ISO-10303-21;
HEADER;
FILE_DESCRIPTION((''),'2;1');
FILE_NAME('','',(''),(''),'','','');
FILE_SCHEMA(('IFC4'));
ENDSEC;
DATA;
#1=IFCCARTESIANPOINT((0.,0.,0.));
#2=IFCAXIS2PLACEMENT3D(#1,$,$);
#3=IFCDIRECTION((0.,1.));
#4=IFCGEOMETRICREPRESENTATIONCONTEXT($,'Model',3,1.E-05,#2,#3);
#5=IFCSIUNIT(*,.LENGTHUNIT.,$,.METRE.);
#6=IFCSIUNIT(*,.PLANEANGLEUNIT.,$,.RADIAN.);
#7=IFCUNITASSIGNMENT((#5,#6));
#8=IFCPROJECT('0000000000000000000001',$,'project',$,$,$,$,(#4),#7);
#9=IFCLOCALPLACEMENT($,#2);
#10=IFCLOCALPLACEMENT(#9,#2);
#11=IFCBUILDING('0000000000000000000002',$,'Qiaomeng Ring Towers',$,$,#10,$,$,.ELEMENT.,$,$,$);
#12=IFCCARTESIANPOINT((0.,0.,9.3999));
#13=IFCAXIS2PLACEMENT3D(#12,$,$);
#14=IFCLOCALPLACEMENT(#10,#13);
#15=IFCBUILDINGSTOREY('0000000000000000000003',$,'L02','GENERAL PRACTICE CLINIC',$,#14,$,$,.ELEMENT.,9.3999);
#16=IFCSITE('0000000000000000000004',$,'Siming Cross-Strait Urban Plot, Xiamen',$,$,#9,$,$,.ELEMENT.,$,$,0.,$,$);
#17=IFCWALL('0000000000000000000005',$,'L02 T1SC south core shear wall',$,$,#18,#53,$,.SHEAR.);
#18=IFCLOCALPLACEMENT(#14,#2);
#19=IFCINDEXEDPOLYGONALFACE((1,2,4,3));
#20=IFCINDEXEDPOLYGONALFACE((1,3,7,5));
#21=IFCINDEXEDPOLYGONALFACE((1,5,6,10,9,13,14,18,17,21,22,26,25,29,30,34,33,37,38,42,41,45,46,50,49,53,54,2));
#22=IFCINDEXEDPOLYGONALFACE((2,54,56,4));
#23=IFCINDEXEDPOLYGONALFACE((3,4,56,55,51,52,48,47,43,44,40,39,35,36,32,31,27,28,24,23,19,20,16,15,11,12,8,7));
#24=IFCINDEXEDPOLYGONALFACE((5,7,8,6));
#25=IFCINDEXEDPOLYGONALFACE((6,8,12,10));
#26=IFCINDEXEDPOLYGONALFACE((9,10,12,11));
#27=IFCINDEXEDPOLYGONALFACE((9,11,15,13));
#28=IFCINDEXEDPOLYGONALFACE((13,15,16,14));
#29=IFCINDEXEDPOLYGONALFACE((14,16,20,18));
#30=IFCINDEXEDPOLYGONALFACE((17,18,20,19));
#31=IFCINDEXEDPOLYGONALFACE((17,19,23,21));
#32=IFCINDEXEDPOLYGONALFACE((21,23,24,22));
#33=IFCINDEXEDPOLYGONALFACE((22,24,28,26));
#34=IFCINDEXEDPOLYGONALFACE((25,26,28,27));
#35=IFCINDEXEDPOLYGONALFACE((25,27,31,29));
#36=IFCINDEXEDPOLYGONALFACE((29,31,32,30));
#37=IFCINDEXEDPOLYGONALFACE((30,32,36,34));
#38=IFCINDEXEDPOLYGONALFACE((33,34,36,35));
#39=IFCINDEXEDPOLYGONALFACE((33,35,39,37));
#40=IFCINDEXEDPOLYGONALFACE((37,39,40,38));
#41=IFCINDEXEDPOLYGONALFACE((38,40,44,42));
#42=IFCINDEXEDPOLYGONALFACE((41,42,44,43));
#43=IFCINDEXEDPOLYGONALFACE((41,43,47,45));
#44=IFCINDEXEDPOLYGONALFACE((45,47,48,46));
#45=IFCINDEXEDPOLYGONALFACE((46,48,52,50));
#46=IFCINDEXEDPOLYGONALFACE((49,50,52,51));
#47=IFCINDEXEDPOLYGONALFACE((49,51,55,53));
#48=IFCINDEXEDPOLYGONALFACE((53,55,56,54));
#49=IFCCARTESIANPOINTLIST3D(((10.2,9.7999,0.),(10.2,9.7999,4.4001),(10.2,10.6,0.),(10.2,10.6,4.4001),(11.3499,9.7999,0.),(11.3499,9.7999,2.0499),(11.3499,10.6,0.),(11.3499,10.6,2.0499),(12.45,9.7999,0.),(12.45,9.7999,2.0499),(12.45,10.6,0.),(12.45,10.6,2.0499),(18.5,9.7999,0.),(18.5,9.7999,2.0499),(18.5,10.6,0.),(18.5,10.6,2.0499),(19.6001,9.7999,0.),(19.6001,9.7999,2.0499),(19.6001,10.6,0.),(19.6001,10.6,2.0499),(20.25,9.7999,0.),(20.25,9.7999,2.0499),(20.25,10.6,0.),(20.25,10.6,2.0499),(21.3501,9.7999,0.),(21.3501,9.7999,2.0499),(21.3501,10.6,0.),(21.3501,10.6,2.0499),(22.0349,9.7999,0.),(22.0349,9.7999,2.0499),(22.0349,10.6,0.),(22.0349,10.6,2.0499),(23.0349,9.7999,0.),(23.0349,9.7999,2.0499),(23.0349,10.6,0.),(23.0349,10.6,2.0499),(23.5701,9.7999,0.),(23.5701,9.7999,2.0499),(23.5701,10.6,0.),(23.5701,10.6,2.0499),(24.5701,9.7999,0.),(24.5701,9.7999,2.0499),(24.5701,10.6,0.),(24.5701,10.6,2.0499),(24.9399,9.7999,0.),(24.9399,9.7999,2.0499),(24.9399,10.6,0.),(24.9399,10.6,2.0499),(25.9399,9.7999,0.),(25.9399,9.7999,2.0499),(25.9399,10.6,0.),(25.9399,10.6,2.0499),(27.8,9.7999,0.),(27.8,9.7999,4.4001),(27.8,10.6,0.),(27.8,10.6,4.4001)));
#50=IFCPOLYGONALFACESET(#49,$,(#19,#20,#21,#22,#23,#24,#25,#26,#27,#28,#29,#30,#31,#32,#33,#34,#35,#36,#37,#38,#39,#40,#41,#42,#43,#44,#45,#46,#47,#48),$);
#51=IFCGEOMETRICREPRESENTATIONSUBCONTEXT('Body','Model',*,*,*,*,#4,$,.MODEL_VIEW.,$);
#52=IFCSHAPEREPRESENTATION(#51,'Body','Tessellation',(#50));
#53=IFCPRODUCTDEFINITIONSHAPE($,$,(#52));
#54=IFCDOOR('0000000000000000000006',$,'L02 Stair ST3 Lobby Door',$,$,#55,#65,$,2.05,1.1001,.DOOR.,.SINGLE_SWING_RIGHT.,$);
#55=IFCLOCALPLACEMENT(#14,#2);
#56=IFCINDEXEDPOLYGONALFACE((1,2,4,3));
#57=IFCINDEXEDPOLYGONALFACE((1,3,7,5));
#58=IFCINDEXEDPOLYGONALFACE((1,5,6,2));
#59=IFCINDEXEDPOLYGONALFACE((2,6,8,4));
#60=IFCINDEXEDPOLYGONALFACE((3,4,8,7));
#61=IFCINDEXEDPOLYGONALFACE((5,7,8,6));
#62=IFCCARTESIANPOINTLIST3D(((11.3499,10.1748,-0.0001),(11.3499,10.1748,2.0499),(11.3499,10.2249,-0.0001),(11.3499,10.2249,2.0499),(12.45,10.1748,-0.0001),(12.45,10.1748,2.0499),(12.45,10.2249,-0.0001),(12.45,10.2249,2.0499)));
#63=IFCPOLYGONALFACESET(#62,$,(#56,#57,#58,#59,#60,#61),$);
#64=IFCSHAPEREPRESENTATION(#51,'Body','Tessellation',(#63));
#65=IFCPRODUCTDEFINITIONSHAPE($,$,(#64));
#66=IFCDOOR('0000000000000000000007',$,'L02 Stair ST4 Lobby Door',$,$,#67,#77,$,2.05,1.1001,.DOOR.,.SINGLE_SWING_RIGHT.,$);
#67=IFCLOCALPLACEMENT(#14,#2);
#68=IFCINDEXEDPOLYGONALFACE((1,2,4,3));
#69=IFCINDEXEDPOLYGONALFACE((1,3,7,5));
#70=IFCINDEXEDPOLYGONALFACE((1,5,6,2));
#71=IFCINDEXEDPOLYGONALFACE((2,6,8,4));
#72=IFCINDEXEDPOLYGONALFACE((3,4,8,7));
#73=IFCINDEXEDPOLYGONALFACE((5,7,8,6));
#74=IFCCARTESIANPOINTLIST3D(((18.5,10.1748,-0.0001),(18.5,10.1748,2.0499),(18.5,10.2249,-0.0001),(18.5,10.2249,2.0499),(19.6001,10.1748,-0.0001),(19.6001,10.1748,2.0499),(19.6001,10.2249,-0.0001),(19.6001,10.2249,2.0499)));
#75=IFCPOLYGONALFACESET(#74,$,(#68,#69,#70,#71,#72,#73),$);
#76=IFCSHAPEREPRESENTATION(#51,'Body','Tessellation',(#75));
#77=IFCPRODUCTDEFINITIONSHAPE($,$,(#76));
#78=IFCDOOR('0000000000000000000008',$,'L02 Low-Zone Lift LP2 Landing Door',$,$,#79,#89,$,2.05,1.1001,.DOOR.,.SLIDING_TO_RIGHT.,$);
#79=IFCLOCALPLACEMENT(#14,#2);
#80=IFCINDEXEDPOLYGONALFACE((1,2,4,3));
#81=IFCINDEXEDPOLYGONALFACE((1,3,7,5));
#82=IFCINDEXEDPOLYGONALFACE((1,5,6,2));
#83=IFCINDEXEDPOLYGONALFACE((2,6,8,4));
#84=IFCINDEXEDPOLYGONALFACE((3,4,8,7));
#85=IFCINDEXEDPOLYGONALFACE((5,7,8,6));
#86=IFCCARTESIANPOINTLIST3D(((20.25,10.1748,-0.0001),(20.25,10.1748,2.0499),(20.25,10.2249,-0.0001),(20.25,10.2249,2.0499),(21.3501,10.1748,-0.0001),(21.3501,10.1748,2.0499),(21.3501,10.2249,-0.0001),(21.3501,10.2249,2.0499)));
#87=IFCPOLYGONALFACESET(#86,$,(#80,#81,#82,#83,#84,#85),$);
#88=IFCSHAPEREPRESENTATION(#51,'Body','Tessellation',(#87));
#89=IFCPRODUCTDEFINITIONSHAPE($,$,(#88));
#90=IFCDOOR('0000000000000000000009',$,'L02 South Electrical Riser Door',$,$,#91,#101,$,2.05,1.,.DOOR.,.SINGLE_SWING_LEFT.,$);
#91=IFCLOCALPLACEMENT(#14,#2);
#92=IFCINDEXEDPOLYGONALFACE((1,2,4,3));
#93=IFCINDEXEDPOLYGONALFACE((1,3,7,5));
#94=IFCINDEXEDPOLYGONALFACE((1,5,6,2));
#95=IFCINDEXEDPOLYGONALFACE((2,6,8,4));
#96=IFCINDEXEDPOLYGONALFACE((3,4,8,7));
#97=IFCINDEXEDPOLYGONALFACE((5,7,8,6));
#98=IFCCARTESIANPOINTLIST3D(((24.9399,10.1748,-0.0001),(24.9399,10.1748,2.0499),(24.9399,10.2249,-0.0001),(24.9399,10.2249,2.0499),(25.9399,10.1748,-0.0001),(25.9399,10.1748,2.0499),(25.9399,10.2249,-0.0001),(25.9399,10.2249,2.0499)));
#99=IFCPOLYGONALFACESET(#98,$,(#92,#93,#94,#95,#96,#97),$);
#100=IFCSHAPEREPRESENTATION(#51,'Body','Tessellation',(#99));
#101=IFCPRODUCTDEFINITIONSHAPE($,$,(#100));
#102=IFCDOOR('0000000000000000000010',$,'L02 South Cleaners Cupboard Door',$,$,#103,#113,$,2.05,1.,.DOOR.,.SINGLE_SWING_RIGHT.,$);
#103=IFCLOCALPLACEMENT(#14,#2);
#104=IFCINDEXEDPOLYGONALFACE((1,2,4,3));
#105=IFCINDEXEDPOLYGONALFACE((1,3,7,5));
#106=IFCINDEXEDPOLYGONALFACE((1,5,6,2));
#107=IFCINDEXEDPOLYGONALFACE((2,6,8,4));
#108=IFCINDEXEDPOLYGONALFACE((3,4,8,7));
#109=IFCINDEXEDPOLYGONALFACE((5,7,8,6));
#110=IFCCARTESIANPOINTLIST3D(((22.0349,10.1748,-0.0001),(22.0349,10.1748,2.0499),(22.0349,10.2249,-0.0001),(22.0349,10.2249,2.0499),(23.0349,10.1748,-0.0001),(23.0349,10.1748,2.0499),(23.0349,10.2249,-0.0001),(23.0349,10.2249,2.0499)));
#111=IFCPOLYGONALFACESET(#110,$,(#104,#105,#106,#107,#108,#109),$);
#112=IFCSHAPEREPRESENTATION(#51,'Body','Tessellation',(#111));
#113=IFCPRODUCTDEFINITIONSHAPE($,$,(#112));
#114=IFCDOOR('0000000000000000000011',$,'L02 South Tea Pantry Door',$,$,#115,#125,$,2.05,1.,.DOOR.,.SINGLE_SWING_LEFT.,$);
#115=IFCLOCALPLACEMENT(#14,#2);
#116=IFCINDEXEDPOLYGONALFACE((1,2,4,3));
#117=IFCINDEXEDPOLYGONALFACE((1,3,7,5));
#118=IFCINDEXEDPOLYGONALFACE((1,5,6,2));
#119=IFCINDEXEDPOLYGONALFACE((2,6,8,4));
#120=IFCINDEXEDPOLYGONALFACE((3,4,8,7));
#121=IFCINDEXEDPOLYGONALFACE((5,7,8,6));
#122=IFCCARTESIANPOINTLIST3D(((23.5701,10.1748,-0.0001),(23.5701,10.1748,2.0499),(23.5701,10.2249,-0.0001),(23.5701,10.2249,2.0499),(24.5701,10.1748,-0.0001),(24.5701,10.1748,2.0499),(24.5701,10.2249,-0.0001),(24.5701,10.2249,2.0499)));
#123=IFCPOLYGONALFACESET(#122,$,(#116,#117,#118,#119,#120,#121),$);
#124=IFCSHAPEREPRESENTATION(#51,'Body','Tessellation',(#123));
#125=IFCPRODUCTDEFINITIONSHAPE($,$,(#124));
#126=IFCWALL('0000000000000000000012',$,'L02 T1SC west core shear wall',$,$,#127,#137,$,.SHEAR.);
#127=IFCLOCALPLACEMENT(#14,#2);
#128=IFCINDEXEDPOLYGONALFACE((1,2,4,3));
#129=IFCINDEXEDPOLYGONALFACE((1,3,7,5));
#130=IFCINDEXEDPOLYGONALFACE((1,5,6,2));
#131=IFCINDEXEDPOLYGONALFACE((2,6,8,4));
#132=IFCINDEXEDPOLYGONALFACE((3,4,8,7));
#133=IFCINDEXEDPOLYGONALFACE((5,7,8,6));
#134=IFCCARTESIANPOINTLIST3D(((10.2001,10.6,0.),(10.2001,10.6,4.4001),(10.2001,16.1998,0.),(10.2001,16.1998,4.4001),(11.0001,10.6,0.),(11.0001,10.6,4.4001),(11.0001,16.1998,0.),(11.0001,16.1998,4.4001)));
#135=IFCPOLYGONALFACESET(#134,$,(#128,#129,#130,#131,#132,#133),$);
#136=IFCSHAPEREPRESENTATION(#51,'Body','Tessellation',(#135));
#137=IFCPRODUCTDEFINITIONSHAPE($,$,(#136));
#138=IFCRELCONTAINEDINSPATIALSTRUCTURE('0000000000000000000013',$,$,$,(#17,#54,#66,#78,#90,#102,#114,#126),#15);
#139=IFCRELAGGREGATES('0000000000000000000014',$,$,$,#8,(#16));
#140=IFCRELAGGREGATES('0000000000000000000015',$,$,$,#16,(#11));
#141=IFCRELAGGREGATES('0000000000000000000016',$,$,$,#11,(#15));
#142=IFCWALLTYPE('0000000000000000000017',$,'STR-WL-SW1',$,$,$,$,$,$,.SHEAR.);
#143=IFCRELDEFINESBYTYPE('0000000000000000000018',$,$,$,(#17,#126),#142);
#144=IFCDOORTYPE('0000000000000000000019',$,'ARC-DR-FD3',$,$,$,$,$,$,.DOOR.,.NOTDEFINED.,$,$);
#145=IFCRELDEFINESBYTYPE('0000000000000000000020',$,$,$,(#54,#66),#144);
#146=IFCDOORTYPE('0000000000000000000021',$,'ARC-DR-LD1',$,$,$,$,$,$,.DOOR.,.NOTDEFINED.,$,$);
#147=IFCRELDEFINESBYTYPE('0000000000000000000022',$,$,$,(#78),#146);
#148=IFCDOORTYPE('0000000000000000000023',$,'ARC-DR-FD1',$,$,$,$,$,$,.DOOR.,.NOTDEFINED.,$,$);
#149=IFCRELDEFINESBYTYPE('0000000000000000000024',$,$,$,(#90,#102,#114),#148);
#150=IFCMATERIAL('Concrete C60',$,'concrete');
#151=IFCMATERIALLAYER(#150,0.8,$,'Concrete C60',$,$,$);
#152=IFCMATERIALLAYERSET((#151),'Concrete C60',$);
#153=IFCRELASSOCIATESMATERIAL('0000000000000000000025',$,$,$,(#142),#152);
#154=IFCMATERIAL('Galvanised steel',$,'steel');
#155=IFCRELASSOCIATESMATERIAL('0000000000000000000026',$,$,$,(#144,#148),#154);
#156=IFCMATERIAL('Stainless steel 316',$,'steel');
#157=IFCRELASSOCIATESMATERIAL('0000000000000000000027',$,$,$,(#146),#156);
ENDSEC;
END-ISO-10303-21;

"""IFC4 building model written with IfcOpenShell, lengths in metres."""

from ifc_helpers import new_model, si_unit, direction, frame, frame_2d, origin, place, context, subcontext, project, spatial, rectangle, extrude, source, transform, mapped, material, layer, layer_set, type_object, element, fill, save


model = new_model("IFC4")

# Units and contexts
model_context = context("Model", 3, precision=1e-05, world=origin(), true_north=direction((0.0, 1.0)))
body_context = subcontext(model_context, "Body", "Model", "MODEL_VIEW")
ifc_project = project(units=[si_unit("LENGTHUNIT", "METRE"), si_unit("PLANEANGLEUNIT", "RADIAN")], contexts=[model_context])

# Site, building, storey
site_placement = place(None, origin())
site = spatial("IfcSite", under=ifc_project, at=site_placement, Name="Siming Cross-Strait Urban Plot, Xiamen", CompositionType="ELEMENT", RefElevation=0.0)
building_placement = place(site_placement, origin())
building = spatial("IfcBuilding", under=site, at=building_placement, Name="Qiaomeng Ring Towers", CompositionType="ELEMENT")
storey_placement = place(building_placement, frame((0.0, 0.0, 9.3999)))
storey = spatial("IfcBuildingStorey", under=building, at=storey_placement, Name="L02", Description="GENERAL PRACTICE CLINIC", CompositionType="ELEMENT", Elevation=9.3999)

# Shared definitions
ifc_material_1 = material(Name="Concrete C60", Category="concrete")

# Shared definitions
shared_shape_1 = source(origin(), body_context, "Body", "SweptSolid", [
    extrude(rectangle(XDim=1.0, YDim=2.05, at=frame_2d((0.5, 1.0249))), frame((0.0, 0.0249, 0.0), z_axis=(0.0, -1.0, 0.0), x_axis=(1.0, 0.0, 0.0)), (0.0, 0.0, 1.0), 0.05),
])

# Wall, openings, doors
ifc_layer_1 = layer(ifc_material_1, 0.8, Name="Concrete C60")
ifc_layer_set_1 = layer_set([ifc_layer_1], Name="Concrete C60")
wall_type_1 = type_object("IfcWallType", Name="STR-WL-SW1", PredefinedType="SHEAR", material=ifc_layer_set_1)
wall_1_placement = place(storey_placement, frame((10.2, 10.2, 0.0), z_axis=(0.0, 0.0, 1.0), x_axis=(1.0, 0.0, 0.0)))
wall_1 = element("IfcWall", 1, at=wall_1_placement, inside=storey, type_object=wall_type_1, Name="L02 T1SC south core shear wall", PredefinedType="SHEAR", context=body_context, shape_type="SweptSolid", body=[
    extrude(rectangle(XDim=17.6001, YDim=0.8, at=frame_2d((8.8, 0.0))), origin(), (0.0, 0.0, 1.0), 4.4001),
])
opening_1_placement = place(wall_1_placement, frame((1.1499, 0.0, 0.0)))
opening_1 = element("IfcOpeningElement", 2, at=opening_1_placement, cuts=wall_1, PredefinedType="OPENING", context=body_context, shape_type="SweptSolid", body=[
    extrude(rectangle(XDim=1.1001, YDim=2.05, at=frame_2d((0.55, 1.0249))), frame((0.0, 0.4099, 0.0), z_axis=(0.0, -1.0, 0.0), x_axis=(1.0, 0.0, 0.0)), (0.0, 0.0, 1.0), 0.8201),
])
opening_2_placement = place(wall_1_placement, frame((8.3, 0.0, 0.0)))
opening_2 = element("IfcOpeningElement", 3, at=opening_2_placement, cuts=wall_1, PredefinedType="OPENING", context=body_context, shape_type="SweptSolid", body=[
    extrude(rectangle(XDim=1.1001, YDim=2.05, at=frame_2d((0.55, 1.0249))), frame((0.0, 0.4099, 0.0), z_axis=(0.0, -1.0, 0.0), x_axis=(1.0, 0.0, 0.0)), (0.0, 0.0, 1.0), 0.8201),
])
opening_3_placement = place(wall_1_placement, frame((10.05, 0.0, 0.0)))
opening_3 = element("IfcOpeningElement", 4, at=opening_3_placement, cuts=wall_1, PredefinedType="OPENING", context=body_context, shape_type="SweptSolid", body=[
    extrude(rectangle(XDim=1.1001, YDim=2.05, at=frame_2d((0.55, 1.0249))), frame((0.0, 0.4099, 0.0), z_axis=(0.0, -1.0, 0.0), x_axis=(1.0, 0.0, 0.0)), (0.0, 0.0, 1.0), 0.8201),
])
opening_4_placement = place(wall_1_placement, frame((14.74, 0.0, 0.0)))
opening_4 = element("IfcOpeningElement", 5, at=opening_4_placement, cuts=wall_1, PredefinedType="OPENING", context=body_context, shape_type="SweptSolid", body=[
    extrude(rectangle(XDim=1.0, YDim=2.05, at=frame_2d((0.5, 1.0249))), frame((0.0, 0.4099, 0.0), z_axis=(0.0, -1.0, 0.0), x_axis=(1.0, 0.0, 0.0)), (0.0, 0.0, 1.0), 0.8201),
])
opening_5_placement = place(wall_1_placement, frame((11.835, 0.0, 0.0)))
opening_5 = element("IfcOpeningElement", 6, at=opening_5_placement, cuts=wall_1, PredefinedType="OPENING", context=body_context, shape_type="SweptSolid", body=[
    extrude(rectangle(XDim=1.0, YDim=2.05, at=frame_2d((0.5, 1.0249))), frame((0.0, 0.4099, 0.0), z_axis=(0.0, -1.0, 0.0), x_axis=(1.0, 0.0, 0.0)), (0.0, 0.0, 1.0), 0.8201),
])
opening_6_placement = place(wall_1_placement, frame((13.3701, 0.0, 0.0)))
opening_6 = element("IfcOpeningElement", 7, at=opening_6_placement, cuts=wall_1, PredefinedType="OPENING", context=body_context, shape_type="SweptSolid", body=[
    extrude(rectangle(XDim=1.0, YDim=2.05, at=frame_2d((0.5, 1.0249))), frame((0.0, 0.4099, 0.0), z_axis=(0.0, -1.0, 0.0), x_axis=(1.0, 0.0, 0.0)), (0.0, 0.0, 1.0), 0.8201),
])
ifc_material_2 = material(Name="Galvanised steel", Category="steel")
door_type_1 = type_object("IfcDoorType", Name="ARC-DR-FD3", OperationType="NOTDEFINED", PredefinedType="DOOR", material=ifc_material_2)
shared_shape_2 = source(origin(), body_context, "Body", "SweptSolid", [
    extrude(rectangle(XDim=1.1001, YDim=2.05, at=frame_2d((0.55, 1.0249))), frame((0.0, 0.0249, 0.0), z_axis=(0.0, -1.0, 0.0), x_axis=(1.0, 0.0, 0.0)), (0.0, 0.0, 1.0), 0.05),
])
door_1_placement = place(opening_1_placement, origin())
door_1 = element("IfcDoor", 8, at=door_1_placement, inside=storey, type_object=door_type_1, Name="L02 Stair ST3 Lobby Door", OperationType="SINGLE_SWING_RIGHT", OverallHeight=2.05, OverallWidth=1.1001, PredefinedType="DOOR", context=body_context, shape_type="MappedRepresentation", body=[
    mapped(shared_shape_2, transform((0.0, 0.0, 0.0), x_axis=(1.0, 0.0, 0.0), y_axis=(0.0, 1.0, 0.0), z_axis=(0.0, 0.0, 1.0), scale=1.0)),
])
fill(opening_1, door_1)
door_2_placement = place(opening_2_placement, origin())
door_2 = element("IfcDoor", 9, at=door_2_placement, inside=storey, type_object=door_type_1, Name="L02 Stair ST4 Lobby Door", OperationType="SINGLE_SWING_RIGHT", OverallHeight=2.05, OverallWidth=1.1001, PredefinedType="DOOR", context=body_context, shape_type="MappedRepresentation", body=[
    mapped(shared_shape_2, transform((0.0, 0.0, 0.0), x_axis=(1.0, 0.0, 0.0), y_axis=(0.0, 1.0, 0.0), z_axis=(0.0, 0.0, 1.0), scale=1.0)),
])
fill(opening_2, door_2)
ifc_material_3 = material(Name="Stainless steel 316", Category="steel")
door_type_2 = type_object("IfcDoorType", Name="ARC-DR-LD1", OperationType="NOTDEFINED", PredefinedType="DOOR", material=ifc_material_3)
door_3_placement = place(opening_3_placement, origin())
door_3 = element("IfcDoor", 10, at=door_3_placement, inside=storey, type_object=door_type_2, Name="L02 Low-Zone Lift LP2 Landing Door", OperationType="SLIDING_TO_RIGHT", OverallHeight=2.05, OverallWidth=1.1001, PredefinedType="DOOR", context=body_context, shape_type="MappedRepresentation", body=[
    mapped(shared_shape_2, transform((0.0, 0.0, 0.0), x_axis=(1.0, 0.0, 0.0), y_axis=(0.0, 1.0, 0.0), z_axis=(0.0, 0.0, 1.0), scale=1.0)),
])
fill(opening_3, door_3)
door_type_3 = type_object("IfcDoorType", Name="ARC-DR-FD1", OperationType="NOTDEFINED", PredefinedType="DOOR", material=ifc_material_2)
door_4_placement = place(opening_4_placement, origin())
door_4 = element("IfcDoor", 11, at=door_4_placement, inside=storey, type_object=door_type_3, Name="L02 South Electrical Riser Door", OperationType="SINGLE_SWING_LEFT", OverallHeight=2.05, OverallWidth=1.0, PredefinedType="DOOR", context=body_context, shape_type="MappedRepresentation", body=[
    mapped(shared_shape_1, transform((0.0, 0.0, 0.0), x_axis=(1.0, 0.0, 0.0), y_axis=(0.0, 1.0, 0.0), z_axis=(0.0, 0.0, 1.0), scale=1.0)),
])
fill(opening_4, door_4)
door_5_placement = place(opening_5_placement, origin())
door_5 = element("IfcDoor", 12, at=door_5_placement, inside=storey, type_object=door_type_3, Name="L02 South Cleaners Cupboard Door", OperationType="SINGLE_SWING_RIGHT", OverallHeight=2.05, OverallWidth=1.0, PredefinedType="DOOR", context=body_context, shape_type="MappedRepresentation", body=[
    mapped(shared_shape_1, transform((0.0, 0.0, 0.0), x_axis=(1.0, 0.0, 0.0), y_axis=(0.0, 1.0, 0.0), z_axis=(0.0, 0.0, 1.0), scale=1.0)),
])
fill(opening_5, door_5)
door_6_placement = place(opening_6_placement, origin())
door_6 = element("IfcDoor", 13, at=door_6_placement, inside=storey, type_object=door_type_3, Name="L02 South Tea Pantry Door", OperationType="SINGLE_SWING_LEFT", OverallHeight=2.05, OverallWidth=1.0, PredefinedType="DOOR", context=body_context, shape_type="MappedRepresentation", body=[
    mapped(shared_shape_1, transform((0.0, 0.0, 0.0), x_axis=(1.0, 0.0, 0.0), y_axis=(0.0, 1.0, 0.0), z_axis=(0.0, 0.0, 1.0), scale=1.0)),
])
fill(opening_6, door_6)

# Wall
wall_2_placement = place(storey_placement, frame((10.6001, 10.6001, 0.0), z_axis=(0.0, 0.0, 1.0), x_axis=(0.0, 1.0, 0.0)))
element("IfcWall", 14, at=wall_2_placement, inside=storey, type_object=wall_type_1, Name="L02 T1SC west core shear wall", PredefinedType="SHEAR", context=body_context, shape_type="SweptSolid", body=[
    extrude(rectangle(XDim=5.5999, YDim=0.8, at=frame_2d((2.7998, 0.0))), origin(), (0.0, 0.0, 1.0), 4.4001),
])

save(model, "model.ifc")
